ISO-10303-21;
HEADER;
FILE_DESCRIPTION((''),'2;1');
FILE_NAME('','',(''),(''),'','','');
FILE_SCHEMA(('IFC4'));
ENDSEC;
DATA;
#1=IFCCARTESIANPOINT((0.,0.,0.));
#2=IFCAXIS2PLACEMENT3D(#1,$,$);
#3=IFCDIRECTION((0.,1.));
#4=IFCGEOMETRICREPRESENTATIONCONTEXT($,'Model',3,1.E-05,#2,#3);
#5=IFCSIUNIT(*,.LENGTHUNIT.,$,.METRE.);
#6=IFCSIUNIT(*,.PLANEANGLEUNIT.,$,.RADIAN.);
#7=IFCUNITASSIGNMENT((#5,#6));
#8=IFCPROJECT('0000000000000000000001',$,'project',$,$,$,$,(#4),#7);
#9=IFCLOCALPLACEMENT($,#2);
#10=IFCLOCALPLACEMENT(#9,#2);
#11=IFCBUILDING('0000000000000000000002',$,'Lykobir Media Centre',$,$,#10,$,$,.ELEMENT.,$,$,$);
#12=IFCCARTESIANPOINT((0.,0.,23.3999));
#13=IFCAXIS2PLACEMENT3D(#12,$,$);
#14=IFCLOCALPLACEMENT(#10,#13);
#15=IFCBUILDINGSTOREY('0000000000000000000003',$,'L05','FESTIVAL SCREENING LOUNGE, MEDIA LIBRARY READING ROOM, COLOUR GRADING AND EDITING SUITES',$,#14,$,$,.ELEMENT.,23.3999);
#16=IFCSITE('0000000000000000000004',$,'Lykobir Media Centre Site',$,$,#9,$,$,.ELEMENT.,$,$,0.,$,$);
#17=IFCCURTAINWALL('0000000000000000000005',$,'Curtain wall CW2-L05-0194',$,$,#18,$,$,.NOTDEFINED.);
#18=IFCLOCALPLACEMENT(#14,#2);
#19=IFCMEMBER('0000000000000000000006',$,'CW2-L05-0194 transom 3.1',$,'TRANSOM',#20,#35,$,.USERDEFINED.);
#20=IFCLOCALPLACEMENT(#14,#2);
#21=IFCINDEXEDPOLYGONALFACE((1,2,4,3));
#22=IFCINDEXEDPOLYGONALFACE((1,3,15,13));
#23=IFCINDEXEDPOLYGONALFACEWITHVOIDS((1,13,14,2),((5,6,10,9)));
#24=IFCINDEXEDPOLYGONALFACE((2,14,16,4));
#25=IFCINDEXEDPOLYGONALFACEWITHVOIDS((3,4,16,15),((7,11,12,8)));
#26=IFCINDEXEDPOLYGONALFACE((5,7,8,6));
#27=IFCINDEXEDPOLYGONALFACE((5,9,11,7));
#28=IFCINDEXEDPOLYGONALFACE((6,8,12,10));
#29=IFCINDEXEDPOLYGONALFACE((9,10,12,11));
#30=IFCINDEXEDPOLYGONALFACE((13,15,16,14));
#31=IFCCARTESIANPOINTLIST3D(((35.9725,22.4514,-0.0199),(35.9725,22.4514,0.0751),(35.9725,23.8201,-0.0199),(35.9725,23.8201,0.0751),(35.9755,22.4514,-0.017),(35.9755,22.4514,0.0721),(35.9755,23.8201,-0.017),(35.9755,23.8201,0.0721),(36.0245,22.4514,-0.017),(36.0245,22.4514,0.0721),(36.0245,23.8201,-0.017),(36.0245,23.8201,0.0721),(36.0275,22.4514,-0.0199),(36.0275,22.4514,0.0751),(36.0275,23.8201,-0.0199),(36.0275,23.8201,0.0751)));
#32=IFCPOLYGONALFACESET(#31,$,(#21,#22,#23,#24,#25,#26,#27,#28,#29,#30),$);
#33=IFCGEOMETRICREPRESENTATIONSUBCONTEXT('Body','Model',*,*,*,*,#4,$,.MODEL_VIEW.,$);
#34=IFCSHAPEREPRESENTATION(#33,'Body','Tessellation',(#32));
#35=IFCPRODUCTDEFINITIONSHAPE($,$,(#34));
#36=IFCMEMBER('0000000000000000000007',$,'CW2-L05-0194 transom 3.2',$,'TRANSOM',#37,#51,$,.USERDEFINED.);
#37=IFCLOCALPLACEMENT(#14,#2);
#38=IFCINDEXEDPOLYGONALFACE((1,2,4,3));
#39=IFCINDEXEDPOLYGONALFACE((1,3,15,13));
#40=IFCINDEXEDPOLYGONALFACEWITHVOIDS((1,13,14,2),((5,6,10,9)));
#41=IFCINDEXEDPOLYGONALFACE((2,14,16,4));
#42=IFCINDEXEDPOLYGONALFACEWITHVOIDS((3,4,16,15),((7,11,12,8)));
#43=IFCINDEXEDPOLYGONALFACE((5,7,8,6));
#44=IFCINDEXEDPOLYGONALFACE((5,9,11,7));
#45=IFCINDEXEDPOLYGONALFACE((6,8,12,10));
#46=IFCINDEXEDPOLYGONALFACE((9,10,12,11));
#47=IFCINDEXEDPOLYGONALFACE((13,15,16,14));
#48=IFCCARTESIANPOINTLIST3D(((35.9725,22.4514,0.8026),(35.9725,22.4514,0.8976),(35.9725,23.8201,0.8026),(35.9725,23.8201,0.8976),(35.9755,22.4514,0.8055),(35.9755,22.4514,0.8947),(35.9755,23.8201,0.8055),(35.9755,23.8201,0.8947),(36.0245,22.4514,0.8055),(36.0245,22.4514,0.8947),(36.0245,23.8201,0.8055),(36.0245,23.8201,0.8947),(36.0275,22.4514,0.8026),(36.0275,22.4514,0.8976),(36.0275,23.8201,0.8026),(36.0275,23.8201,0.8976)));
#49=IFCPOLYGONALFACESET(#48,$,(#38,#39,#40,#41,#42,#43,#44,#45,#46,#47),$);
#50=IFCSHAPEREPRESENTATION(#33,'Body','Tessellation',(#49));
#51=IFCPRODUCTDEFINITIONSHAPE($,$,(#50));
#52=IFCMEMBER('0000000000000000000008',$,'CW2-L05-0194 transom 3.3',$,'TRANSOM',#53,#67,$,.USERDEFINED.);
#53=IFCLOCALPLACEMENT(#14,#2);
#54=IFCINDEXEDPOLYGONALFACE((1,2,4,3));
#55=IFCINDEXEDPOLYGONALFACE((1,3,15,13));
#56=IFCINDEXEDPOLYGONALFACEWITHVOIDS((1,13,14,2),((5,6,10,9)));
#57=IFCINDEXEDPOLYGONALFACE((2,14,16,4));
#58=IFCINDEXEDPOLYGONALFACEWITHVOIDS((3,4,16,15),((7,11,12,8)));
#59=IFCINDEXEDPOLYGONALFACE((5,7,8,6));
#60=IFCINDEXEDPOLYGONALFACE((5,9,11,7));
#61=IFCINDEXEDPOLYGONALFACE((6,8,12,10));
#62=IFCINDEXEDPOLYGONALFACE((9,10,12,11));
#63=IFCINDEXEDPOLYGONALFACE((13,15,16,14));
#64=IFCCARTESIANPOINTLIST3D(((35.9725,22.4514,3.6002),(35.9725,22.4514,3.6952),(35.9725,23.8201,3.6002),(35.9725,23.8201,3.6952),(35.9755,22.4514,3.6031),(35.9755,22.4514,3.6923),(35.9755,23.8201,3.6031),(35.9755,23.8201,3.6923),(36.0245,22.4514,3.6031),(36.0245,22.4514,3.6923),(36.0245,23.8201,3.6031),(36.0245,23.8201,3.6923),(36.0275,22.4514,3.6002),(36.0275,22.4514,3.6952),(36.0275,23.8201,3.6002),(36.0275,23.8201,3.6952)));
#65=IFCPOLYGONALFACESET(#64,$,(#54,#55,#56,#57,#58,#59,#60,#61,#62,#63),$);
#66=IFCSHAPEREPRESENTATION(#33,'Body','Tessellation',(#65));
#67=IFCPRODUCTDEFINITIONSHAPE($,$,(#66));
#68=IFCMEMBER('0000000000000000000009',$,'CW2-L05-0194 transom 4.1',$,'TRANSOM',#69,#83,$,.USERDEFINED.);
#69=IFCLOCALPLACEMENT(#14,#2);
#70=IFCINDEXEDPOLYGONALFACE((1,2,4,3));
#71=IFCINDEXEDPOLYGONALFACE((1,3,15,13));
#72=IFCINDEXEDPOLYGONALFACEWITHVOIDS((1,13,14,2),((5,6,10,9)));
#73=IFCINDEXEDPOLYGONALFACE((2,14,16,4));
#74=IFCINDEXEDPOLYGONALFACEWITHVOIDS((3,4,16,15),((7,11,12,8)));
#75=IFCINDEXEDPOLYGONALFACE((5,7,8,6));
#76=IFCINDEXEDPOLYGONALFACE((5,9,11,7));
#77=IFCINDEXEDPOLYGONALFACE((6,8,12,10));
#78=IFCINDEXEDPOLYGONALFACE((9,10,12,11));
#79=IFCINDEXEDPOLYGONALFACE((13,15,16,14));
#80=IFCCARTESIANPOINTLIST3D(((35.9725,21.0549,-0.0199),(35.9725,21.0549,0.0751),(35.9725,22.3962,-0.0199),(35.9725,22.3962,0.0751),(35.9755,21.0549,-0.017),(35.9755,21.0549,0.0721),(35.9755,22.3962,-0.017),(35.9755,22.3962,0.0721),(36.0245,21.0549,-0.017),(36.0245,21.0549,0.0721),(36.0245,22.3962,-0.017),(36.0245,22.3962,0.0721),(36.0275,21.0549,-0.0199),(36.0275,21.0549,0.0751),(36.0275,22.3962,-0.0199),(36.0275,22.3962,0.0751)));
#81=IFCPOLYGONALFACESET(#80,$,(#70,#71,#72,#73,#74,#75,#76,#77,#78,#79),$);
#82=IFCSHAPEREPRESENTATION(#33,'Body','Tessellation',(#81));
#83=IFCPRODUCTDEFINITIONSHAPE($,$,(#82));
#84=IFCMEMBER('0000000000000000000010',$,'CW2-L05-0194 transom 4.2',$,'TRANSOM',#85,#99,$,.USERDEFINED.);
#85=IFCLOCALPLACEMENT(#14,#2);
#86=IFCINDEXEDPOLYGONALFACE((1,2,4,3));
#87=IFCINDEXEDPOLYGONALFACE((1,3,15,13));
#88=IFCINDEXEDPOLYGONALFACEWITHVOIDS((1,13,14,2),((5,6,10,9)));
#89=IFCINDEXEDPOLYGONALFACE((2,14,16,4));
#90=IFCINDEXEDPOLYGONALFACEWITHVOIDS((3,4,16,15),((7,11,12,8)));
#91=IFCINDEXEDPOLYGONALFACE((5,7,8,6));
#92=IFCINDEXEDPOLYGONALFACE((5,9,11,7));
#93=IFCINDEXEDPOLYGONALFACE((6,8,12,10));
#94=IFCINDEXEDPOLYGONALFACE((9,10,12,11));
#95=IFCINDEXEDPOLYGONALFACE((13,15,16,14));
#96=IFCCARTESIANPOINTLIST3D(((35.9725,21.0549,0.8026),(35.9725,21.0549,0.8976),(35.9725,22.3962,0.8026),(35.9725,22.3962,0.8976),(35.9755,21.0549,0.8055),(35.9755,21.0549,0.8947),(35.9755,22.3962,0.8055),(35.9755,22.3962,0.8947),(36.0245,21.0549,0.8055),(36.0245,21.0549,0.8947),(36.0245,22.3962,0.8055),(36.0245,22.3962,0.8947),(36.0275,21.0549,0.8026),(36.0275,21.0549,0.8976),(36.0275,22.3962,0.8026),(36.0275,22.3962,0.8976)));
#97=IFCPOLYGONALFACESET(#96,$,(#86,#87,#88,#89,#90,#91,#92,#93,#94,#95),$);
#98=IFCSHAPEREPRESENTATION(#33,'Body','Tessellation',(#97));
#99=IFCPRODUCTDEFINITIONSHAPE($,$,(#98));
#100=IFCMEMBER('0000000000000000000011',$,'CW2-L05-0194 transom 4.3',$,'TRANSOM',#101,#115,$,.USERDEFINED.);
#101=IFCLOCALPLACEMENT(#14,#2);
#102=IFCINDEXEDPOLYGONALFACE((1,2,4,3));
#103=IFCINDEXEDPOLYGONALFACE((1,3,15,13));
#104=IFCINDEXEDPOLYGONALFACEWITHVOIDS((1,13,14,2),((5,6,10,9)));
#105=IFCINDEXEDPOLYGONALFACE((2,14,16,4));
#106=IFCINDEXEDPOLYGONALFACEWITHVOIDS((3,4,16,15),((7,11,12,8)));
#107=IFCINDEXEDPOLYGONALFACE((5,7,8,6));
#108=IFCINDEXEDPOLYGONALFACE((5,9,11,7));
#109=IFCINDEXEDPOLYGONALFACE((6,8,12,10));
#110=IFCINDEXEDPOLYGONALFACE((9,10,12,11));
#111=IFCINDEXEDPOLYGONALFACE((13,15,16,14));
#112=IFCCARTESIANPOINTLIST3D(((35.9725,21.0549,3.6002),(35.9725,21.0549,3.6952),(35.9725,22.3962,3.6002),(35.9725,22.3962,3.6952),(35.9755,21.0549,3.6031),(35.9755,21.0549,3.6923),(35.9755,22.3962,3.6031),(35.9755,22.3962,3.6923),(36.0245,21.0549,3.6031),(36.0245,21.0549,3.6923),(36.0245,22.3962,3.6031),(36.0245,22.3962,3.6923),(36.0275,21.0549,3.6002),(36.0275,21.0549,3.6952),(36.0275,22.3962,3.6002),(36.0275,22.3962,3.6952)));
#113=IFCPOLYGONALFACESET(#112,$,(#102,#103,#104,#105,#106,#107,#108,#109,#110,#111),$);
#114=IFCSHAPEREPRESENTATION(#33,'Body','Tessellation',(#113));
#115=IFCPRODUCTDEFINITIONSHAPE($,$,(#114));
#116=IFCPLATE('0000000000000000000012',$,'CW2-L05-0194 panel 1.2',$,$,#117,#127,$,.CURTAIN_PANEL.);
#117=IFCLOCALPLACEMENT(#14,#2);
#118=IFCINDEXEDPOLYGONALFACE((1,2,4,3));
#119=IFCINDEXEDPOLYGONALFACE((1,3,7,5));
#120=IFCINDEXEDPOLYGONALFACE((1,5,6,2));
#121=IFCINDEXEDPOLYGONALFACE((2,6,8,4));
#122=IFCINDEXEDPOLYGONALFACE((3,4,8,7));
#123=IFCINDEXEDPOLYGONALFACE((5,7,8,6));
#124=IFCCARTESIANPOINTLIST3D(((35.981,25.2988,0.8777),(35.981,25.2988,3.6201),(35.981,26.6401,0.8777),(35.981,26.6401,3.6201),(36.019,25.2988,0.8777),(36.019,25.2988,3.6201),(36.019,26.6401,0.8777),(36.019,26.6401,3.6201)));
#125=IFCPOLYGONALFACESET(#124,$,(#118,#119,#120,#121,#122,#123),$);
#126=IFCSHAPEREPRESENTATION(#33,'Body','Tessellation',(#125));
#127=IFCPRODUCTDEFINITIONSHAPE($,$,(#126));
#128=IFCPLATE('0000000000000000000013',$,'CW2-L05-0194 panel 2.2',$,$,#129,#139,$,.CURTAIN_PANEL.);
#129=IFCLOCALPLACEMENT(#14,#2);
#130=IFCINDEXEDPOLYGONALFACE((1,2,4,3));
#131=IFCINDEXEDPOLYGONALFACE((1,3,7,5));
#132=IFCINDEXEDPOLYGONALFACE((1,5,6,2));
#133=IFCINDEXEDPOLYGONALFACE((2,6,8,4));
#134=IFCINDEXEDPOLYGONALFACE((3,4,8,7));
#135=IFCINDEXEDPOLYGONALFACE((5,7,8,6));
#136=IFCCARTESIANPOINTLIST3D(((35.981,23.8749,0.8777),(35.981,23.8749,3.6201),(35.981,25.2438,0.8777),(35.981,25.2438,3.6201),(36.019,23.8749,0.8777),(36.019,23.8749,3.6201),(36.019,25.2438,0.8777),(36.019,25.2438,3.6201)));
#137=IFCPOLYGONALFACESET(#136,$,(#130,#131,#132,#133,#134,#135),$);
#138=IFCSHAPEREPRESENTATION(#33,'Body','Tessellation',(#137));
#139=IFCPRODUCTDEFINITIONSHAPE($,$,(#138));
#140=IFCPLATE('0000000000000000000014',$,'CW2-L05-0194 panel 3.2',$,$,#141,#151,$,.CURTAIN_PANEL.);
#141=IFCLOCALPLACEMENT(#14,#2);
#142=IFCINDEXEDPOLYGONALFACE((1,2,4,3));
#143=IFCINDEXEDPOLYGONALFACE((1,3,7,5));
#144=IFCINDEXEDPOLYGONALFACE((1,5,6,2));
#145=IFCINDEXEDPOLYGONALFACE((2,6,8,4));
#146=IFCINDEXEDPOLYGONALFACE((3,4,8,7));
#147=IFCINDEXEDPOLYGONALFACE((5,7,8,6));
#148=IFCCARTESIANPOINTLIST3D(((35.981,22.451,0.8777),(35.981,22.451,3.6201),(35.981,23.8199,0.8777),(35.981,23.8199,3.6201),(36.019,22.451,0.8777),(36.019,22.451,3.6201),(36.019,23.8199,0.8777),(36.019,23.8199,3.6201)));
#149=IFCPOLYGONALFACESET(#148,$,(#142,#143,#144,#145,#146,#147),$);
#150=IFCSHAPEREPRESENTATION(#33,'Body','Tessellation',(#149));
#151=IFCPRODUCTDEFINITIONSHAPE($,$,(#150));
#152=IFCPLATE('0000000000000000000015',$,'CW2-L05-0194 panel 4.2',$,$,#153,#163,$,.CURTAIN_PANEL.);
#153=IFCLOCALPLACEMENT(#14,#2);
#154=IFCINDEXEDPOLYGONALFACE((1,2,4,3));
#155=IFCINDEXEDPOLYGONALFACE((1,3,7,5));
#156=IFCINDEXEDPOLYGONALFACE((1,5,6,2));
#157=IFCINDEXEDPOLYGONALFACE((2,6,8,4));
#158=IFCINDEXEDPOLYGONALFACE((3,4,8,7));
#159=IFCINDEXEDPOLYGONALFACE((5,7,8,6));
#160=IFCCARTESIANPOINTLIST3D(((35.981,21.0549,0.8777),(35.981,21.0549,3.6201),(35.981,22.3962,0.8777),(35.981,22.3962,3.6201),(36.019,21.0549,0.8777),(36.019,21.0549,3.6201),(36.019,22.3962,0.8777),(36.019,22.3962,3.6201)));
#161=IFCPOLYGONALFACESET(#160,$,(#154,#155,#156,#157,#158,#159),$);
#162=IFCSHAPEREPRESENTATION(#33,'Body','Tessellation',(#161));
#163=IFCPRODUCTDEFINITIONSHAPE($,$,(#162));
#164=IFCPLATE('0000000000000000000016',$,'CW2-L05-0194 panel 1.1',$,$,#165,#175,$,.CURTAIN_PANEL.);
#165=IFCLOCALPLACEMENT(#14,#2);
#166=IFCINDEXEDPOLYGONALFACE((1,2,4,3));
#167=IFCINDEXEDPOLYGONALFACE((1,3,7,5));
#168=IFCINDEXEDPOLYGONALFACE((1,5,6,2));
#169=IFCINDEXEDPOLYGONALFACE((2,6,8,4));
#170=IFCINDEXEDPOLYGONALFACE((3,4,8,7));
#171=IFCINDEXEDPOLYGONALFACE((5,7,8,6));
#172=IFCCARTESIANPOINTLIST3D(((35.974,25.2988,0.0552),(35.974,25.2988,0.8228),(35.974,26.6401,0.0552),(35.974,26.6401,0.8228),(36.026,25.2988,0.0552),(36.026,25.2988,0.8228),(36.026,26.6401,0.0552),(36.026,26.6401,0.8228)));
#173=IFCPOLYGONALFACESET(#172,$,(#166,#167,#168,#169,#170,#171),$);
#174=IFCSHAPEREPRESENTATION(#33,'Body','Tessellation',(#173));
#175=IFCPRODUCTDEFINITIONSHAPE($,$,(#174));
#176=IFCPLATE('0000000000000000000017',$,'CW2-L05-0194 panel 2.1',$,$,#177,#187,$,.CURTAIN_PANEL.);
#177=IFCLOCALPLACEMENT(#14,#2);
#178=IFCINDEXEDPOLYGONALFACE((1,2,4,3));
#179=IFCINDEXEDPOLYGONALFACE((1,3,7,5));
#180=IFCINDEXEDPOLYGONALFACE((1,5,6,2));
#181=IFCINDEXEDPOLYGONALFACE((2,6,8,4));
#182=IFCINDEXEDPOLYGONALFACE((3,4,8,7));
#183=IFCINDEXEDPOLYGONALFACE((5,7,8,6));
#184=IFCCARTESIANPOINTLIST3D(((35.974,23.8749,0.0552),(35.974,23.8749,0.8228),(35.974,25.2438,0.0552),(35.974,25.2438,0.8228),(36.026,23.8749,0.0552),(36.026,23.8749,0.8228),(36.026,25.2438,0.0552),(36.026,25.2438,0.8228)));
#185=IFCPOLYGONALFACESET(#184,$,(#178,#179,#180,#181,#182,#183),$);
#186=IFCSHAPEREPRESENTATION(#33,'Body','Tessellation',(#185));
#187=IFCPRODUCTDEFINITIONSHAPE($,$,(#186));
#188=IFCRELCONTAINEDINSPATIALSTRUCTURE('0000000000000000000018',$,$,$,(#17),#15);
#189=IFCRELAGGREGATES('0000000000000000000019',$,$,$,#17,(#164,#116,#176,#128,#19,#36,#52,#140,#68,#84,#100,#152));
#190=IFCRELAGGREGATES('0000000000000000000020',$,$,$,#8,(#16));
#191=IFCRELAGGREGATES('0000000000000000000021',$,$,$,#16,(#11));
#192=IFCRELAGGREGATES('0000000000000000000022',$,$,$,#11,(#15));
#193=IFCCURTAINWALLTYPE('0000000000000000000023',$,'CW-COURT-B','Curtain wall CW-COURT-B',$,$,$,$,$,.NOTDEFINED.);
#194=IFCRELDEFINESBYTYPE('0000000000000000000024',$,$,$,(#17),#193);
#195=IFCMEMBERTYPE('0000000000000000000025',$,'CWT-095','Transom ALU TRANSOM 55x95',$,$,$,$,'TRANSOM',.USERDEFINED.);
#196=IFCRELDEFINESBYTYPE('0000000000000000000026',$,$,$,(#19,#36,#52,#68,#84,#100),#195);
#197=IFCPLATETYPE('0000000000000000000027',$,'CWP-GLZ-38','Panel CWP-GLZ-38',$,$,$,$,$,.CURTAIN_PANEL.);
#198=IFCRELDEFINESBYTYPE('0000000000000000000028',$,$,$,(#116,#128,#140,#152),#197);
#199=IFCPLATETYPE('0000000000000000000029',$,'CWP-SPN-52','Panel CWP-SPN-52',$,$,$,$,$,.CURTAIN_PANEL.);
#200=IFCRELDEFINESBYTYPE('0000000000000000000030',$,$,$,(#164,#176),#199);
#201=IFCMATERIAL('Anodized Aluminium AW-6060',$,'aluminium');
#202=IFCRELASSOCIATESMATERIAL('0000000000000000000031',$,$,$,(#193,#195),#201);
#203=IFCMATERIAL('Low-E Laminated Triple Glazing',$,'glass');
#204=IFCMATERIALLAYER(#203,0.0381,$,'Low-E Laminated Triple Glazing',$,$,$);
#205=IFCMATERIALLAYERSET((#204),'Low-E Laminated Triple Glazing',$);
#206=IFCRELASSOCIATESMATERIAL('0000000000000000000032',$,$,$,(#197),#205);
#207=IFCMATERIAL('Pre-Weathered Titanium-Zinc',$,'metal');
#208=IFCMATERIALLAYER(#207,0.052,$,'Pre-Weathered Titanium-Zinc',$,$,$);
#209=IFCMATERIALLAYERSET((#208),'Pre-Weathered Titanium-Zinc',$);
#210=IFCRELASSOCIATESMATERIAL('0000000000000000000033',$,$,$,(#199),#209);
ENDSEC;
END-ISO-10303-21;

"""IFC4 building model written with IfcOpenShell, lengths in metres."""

from ifc_helpers import new_model, si_unit, direction, frame, origin, origin_2d, place, context, subcontext, project, spatial, rectangle, hollow_rectangle, extrude, material, layer, layer_set, material_profile, profile_set, type_object, element, aggregate, save


model = new_model("IFC4")

# Units and contexts
model_context = context("Model", 3, precision=1e-05, world=origin(), true_north=direction((0.0, 1.0)))
body_context = subcontext(model_context, "Body", "Model", "MODEL_VIEW")
ifc_project = project(units=[si_unit("LENGTHUNIT", "METRE"), si_unit("PLANEANGLEUNIT", "RADIAN")], contexts=[model_context])

# Site, building, storey
site_placement = place(None, origin())
site = spatial("IfcSite", under=ifc_project, at=site_placement, Name="Lykobir Media Centre Site", CompositionType="ELEMENT", RefElevation=0.0)
building_placement = place(site_placement, origin())
building = spatial("IfcBuilding", under=site, at=building_placement, Name="Lykobir Media Centre", CompositionType="ELEMENT")
storey_placement = place(building_placement, frame((0.0, 0.0, 23.3999)))
storey = spatial("IfcBuildingStorey", under=building, at=storey_placement, Name="L05", Description="FESTIVAL SCREENING LOUNGE, MEDIA LIBRARY READING ROOM, COLOUR GRADING AND EDITING SUITES", CompositionType="ELEMENT", Elevation=23.3999)

# Curtain wall, members, plates
ifc_material_1 = material(Name="Anodized Aluminium AW-6060", Category="aluminium")
curtain_wall_type = type_object("IfcCurtainWallType", Name="CW-COURT-B", Description="Curtain wall CW-COURT-B", PredefinedType="NOTDEFINED", material=ifc_material_1)
curtain_wall_placement = place(storey_placement, origin())
curtain_wall = element("IfcCurtainWall", 1, at=curtain_wall_placement, inside=storey, type_object=curtain_wall_type, Name="Curtain wall CW2-L05-0194", PredefinedType="NOTDEFINED")
ifc_material_profile_1 = material_profile(ifc_material_1, hollow_rectangle(XDim=0.0549, YDim=0.095, WallThickness=0.0029, at=origin_2d()), Name="ALU TRANSOM 55x95")
ifc_profile_set_1 = profile_set([ifc_material_profile_1], Name="Anodized Aluminium AW-6060")
member_type_1 = type_object("IfcMemberType", Name="CWT-095", Description="Transom ALU TRANSOM 55x95", ElementType="TRANSOM", PredefinedType="USERDEFINED", material=ifc_profile_set_1)
member_1_placement = place(storey_placement, frame((36.0, 23.8201, 0.0276), z_axis=(0.0, -1.0, 0.0), x_axis=(1.0, 0.0, 0.0)))
member_1 = element("IfcMember", 2, at=member_1_placement, type_object=member_type_1, Name="CW2-L05-0194 transom 3.1", ObjectType="TRANSOM", PredefinedType="USERDEFINED", context=body_context, shape_type="SweptSolid", body=[
    extrude(hollow_rectangle(XDim=0.0549, YDim=0.095, WallThickness=0.0029, at=origin_2d()), origin(), (0.0, 0.0, 1.0), 1.3687),
])
member_2_placement = place(storey_placement, frame((36.0, 23.8201, 0.8501), z_axis=(0.0, -1.0, 0.0), x_axis=(1.0, 0.0, 0.0)))
member_2 = element("IfcMember", 3, at=member_2_placement, type_object=member_type_1, Name="CW2-L05-0194 transom 3.2", ObjectType="TRANSOM", PredefinedType="USERDEFINED", context=body_context, shape_type="SweptSolid", body=[
    extrude(hollow_rectangle(XDim=0.0549, YDim=0.095, WallThickness=0.0029, at=origin_2d()), origin(), (0.0, 0.0, 1.0), 1.3687),
])
member_3_placement = place(storey_placement, frame((36.0, 23.8201, 3.6477), z_axis=(0.0, -1.0, 0.0), x_axis=(1.0, 0.0, 0.0)))
member_3 = element("IfcMember", 4, at=member_3_placement, type_object=member_type_1, Name="CW2-L05-0194 transom 3.3", ObjectType="TRANSOM", PredefinedType="USERDEFINED", context=body_context, shape_type="SweptSolid", body=[
    extrude(hollow_rectangle(XDim=0.0549, YDim=0.095, WallThickness=0.0029, at=origin_2d()), origin(), (0.0, 0.0, 1.0), 1.3687),
])
member_4_placement = place(storey_placement, frame((36.0, 22.3962, 0.0276), z_axis=(0.0, -1.0, 0.0), x_axis=(1.0, 0.0, 0.0)))
member_4 = element("IfcMember", 5, at=member_4_placement, type_object=member_type_1, Name="CW2-L05-0194 transom 4.1", ObjectType="TRANSOM", PredefinedType="USERDEFINED", context=body_context, shape_type="SweptSolid", body=[
    extrude(hollow_rectangle(XDim=0.0549, YDim=0.095, WallThickness=0.0029, at=origin_2d()), origin(), (0.0, 0.0, 1.0), 1.3413),
])
member_5_placement = place(storey_placement, frame((36.0, 22.3962, 0.8501), z_axis=(0.0, -1.0, 0.0), x_axis=(1.0, 0.0, 0.0)))
member_5 = element("IfcMember", 6, at=member_5_placement, type_object=member_type_1, Name="CW2-L05-0194 transom 4.2", ObjectType="TRANSOM", PredefinedType="USERDEFINED", context=body_context, shape_type="SweptSolid", body=[
    extrude(hollow_rectangle(XDim=0.0549, YDim=0.095, WallThickness=0.0029, at=origin_2d()), origin(), (0.0, 0.0, 1.0), 1.3413),
])
member_6_placement = place(storey_placement, frame((36.0, 22.3962, 3.6477), z_axis=(0.0, -1.0, 0.0), x_axis=(1.0, 0.0, 0.0)))
member_6 = element("IfcMember", 7, at=member_6_placement, type_object=member_type_1, Name="CW2-L05-0194 transom 4.3", ObjectType="TRANSOM", PredefinedType="USERDEFINED", context=body_context, shape_type="SweptSolid", body=[
    extrude(hollow_rectangle(XDim=0.0549, YDim=0.095, WallThickness=0.0029, at=origin_2d()), origin(), (0.0, 0.0, 1.0), 1.3413),
])
ifc_material_2 = material(Name="Low-E Laminated Triple Glazing", Category="glass")
ifc_layer_1 = layer(ifc_material_2, 0.0381, Name="Low-E Laminated Triple Glazing")
ifc_layer_set_1 = layer_set([ifc_layer_1], Name="Low-E Laminated Triple Glazing")
plate_type_1 = type_object("IfcPlateType", Name="CWP-GLZ-38", Description="Panel CWP-GLZ-38", PredefinedType="CURTAIN_PANEL", material=ifc_layer_set_1)
plate_1_placement = place(storey_placement, frame((36.0, 25.9695, 0.8777), z_axis=(0.0, 0.0, 1.0), x_axis=(0.0, -1.0, 0.0)))
plate_1 = element("IfcPlate", 8, at=plate_1_placement, type_object=plate_type_1, Name="CW2-L05-0194 panel 1.2", PredefinedType="CURTAIN_PANEL", context=body_context, shape_type="SweptSolid", body=[
    extrude(rectangle(XDim=1.3413, YDim=0.0381, at=origin_2d()), origin(), (0.0, 0.0, 1.0), 2.7424),
])
plate_2_placement = place(storey_placement, frame((36.0, 24.5593, 0.8777), z_axis=(0.0, 0.0, 1.0), x_axis=(0.0, -1.0, 0.0)))
plate_2 = element("IfcPlate", 9, at=plate_2_placement, type_object=plate_type_1, Name="CW2-L05-0194 panel 2.2", PredefinedType="CURTAIN_PANEL", context=body_context, shape_type="SweptSolid", body=[
    extrude(rectangle(XDim=1.3689, YDim=0.0381, at=origin_2d()), origin(), (0.0, 0.0, 1.0), 2.7424),
])
plate_3_placement = place(storey_placement, frame((36.0, 23.1355, 0.8777), z_axis=(0.0, 0.0, 1.0), x_axis=(0.0, -1.0, 0.0)))
plate_3 = element("IfcPlate", 10, at=plate_3_placement, type_object=plate_type_1, Name="CW2-L05-0194 panel 3.2", PredefinedType="CURTAIN_PANEL", context=body_context, shape_type="SweptSolid", body=[
    extrude(rectangle(XDim=1.3689, YDim=0.0381, at=origin_2d()), origin(), (0.0, 0.0, 1.0), 2.7424),
])
plate_4_placement = place(storey_placement, frame((36.0, 21.7256, 0.8777), z_axis=(0.0, 0.0, 1.0), x_axis=(0.0, -1.0, 0.0)))
plate_4 = element("IfcPlate", 11, at=plate_4_placement, type_object=plate_type_1, Name="CW2-L05-0194 panel 4.2", PredefinedType="CURTAIN_PANEL", context=body_context, shape_type="SweptSolid", body=[
    extrude(rectangle(XDim=1.3413, YDim=0.0381, at=origin_2d()), origin(), (0.0, 0.0, 1.0), 2.7424),
])
ifc_material_3 = material(Name="Pre-Weathered Titanium-Zinc", Category="metal")
ifc_layer_2 = layer(ifc_material_3, 0.052, Name="Pre-Weathered Titanium-Zinc")
ifc_layer_set_2 = layer_set([ifc_layer_2], Name="Pre-Weathered Titanium-Zinc")
plate_type_2 = type_object("IfcPlateType", Name="CWP-SPN-52", Description="Panel CWP-SPN-52", PredefinedType="CURTAIN_PANEL", material=ifc_layer_set_2)
plate_5_placement = place(storey_placement, frame((36.0, 25.9695, 0.0552), z_axis=(0.0, 0.0, 1.0), x_axis=(0.0, -1.0, 0.0)))
plate_5 = element("IfcPlate", 12, at=plate_5_placement, type_object=plate_type_2, Name="CW2-L05-0194 panel 1.1", PredefinedType="CURTAIN_PANEL", context=body_context, shape_type="SweptSolid", body=[
    extrude(rectangle(XDim=1.3413, YDim=0.052, at=origin_2d()), origin(), (0.0, 0.0, 1.0), 0.7676),
])
plate_6_placement = place(storey_placement, frame((36.0, 24.5593, 0.0552), z_axis=(0.0, 0.0, 1.0), x_axis=(0.0, -1.0, 0.0)))
plate_6 = element("IfcPlate", 13, at=plate_6_placement, type_object=plate_type_2, Name="CW2-L05-0194 panel 2.1", PredefinedType="CURTAIN_PANEL", context=body_context, shape_type="SweptSolid", body=[
    extrude(rectangle(XDim=1.3689, YDim=0.052, at=origin_2d()), origin(), (0.0, 0.0, 1.0), 0.7676),
])
aggregate(curtain_wall, [plate_5, plate_1, plate_6, plate_2, member_1, member_2, member_3, plate_3, member_4, member_5, member_6, plate_4])

save(model, "model.ifc")
